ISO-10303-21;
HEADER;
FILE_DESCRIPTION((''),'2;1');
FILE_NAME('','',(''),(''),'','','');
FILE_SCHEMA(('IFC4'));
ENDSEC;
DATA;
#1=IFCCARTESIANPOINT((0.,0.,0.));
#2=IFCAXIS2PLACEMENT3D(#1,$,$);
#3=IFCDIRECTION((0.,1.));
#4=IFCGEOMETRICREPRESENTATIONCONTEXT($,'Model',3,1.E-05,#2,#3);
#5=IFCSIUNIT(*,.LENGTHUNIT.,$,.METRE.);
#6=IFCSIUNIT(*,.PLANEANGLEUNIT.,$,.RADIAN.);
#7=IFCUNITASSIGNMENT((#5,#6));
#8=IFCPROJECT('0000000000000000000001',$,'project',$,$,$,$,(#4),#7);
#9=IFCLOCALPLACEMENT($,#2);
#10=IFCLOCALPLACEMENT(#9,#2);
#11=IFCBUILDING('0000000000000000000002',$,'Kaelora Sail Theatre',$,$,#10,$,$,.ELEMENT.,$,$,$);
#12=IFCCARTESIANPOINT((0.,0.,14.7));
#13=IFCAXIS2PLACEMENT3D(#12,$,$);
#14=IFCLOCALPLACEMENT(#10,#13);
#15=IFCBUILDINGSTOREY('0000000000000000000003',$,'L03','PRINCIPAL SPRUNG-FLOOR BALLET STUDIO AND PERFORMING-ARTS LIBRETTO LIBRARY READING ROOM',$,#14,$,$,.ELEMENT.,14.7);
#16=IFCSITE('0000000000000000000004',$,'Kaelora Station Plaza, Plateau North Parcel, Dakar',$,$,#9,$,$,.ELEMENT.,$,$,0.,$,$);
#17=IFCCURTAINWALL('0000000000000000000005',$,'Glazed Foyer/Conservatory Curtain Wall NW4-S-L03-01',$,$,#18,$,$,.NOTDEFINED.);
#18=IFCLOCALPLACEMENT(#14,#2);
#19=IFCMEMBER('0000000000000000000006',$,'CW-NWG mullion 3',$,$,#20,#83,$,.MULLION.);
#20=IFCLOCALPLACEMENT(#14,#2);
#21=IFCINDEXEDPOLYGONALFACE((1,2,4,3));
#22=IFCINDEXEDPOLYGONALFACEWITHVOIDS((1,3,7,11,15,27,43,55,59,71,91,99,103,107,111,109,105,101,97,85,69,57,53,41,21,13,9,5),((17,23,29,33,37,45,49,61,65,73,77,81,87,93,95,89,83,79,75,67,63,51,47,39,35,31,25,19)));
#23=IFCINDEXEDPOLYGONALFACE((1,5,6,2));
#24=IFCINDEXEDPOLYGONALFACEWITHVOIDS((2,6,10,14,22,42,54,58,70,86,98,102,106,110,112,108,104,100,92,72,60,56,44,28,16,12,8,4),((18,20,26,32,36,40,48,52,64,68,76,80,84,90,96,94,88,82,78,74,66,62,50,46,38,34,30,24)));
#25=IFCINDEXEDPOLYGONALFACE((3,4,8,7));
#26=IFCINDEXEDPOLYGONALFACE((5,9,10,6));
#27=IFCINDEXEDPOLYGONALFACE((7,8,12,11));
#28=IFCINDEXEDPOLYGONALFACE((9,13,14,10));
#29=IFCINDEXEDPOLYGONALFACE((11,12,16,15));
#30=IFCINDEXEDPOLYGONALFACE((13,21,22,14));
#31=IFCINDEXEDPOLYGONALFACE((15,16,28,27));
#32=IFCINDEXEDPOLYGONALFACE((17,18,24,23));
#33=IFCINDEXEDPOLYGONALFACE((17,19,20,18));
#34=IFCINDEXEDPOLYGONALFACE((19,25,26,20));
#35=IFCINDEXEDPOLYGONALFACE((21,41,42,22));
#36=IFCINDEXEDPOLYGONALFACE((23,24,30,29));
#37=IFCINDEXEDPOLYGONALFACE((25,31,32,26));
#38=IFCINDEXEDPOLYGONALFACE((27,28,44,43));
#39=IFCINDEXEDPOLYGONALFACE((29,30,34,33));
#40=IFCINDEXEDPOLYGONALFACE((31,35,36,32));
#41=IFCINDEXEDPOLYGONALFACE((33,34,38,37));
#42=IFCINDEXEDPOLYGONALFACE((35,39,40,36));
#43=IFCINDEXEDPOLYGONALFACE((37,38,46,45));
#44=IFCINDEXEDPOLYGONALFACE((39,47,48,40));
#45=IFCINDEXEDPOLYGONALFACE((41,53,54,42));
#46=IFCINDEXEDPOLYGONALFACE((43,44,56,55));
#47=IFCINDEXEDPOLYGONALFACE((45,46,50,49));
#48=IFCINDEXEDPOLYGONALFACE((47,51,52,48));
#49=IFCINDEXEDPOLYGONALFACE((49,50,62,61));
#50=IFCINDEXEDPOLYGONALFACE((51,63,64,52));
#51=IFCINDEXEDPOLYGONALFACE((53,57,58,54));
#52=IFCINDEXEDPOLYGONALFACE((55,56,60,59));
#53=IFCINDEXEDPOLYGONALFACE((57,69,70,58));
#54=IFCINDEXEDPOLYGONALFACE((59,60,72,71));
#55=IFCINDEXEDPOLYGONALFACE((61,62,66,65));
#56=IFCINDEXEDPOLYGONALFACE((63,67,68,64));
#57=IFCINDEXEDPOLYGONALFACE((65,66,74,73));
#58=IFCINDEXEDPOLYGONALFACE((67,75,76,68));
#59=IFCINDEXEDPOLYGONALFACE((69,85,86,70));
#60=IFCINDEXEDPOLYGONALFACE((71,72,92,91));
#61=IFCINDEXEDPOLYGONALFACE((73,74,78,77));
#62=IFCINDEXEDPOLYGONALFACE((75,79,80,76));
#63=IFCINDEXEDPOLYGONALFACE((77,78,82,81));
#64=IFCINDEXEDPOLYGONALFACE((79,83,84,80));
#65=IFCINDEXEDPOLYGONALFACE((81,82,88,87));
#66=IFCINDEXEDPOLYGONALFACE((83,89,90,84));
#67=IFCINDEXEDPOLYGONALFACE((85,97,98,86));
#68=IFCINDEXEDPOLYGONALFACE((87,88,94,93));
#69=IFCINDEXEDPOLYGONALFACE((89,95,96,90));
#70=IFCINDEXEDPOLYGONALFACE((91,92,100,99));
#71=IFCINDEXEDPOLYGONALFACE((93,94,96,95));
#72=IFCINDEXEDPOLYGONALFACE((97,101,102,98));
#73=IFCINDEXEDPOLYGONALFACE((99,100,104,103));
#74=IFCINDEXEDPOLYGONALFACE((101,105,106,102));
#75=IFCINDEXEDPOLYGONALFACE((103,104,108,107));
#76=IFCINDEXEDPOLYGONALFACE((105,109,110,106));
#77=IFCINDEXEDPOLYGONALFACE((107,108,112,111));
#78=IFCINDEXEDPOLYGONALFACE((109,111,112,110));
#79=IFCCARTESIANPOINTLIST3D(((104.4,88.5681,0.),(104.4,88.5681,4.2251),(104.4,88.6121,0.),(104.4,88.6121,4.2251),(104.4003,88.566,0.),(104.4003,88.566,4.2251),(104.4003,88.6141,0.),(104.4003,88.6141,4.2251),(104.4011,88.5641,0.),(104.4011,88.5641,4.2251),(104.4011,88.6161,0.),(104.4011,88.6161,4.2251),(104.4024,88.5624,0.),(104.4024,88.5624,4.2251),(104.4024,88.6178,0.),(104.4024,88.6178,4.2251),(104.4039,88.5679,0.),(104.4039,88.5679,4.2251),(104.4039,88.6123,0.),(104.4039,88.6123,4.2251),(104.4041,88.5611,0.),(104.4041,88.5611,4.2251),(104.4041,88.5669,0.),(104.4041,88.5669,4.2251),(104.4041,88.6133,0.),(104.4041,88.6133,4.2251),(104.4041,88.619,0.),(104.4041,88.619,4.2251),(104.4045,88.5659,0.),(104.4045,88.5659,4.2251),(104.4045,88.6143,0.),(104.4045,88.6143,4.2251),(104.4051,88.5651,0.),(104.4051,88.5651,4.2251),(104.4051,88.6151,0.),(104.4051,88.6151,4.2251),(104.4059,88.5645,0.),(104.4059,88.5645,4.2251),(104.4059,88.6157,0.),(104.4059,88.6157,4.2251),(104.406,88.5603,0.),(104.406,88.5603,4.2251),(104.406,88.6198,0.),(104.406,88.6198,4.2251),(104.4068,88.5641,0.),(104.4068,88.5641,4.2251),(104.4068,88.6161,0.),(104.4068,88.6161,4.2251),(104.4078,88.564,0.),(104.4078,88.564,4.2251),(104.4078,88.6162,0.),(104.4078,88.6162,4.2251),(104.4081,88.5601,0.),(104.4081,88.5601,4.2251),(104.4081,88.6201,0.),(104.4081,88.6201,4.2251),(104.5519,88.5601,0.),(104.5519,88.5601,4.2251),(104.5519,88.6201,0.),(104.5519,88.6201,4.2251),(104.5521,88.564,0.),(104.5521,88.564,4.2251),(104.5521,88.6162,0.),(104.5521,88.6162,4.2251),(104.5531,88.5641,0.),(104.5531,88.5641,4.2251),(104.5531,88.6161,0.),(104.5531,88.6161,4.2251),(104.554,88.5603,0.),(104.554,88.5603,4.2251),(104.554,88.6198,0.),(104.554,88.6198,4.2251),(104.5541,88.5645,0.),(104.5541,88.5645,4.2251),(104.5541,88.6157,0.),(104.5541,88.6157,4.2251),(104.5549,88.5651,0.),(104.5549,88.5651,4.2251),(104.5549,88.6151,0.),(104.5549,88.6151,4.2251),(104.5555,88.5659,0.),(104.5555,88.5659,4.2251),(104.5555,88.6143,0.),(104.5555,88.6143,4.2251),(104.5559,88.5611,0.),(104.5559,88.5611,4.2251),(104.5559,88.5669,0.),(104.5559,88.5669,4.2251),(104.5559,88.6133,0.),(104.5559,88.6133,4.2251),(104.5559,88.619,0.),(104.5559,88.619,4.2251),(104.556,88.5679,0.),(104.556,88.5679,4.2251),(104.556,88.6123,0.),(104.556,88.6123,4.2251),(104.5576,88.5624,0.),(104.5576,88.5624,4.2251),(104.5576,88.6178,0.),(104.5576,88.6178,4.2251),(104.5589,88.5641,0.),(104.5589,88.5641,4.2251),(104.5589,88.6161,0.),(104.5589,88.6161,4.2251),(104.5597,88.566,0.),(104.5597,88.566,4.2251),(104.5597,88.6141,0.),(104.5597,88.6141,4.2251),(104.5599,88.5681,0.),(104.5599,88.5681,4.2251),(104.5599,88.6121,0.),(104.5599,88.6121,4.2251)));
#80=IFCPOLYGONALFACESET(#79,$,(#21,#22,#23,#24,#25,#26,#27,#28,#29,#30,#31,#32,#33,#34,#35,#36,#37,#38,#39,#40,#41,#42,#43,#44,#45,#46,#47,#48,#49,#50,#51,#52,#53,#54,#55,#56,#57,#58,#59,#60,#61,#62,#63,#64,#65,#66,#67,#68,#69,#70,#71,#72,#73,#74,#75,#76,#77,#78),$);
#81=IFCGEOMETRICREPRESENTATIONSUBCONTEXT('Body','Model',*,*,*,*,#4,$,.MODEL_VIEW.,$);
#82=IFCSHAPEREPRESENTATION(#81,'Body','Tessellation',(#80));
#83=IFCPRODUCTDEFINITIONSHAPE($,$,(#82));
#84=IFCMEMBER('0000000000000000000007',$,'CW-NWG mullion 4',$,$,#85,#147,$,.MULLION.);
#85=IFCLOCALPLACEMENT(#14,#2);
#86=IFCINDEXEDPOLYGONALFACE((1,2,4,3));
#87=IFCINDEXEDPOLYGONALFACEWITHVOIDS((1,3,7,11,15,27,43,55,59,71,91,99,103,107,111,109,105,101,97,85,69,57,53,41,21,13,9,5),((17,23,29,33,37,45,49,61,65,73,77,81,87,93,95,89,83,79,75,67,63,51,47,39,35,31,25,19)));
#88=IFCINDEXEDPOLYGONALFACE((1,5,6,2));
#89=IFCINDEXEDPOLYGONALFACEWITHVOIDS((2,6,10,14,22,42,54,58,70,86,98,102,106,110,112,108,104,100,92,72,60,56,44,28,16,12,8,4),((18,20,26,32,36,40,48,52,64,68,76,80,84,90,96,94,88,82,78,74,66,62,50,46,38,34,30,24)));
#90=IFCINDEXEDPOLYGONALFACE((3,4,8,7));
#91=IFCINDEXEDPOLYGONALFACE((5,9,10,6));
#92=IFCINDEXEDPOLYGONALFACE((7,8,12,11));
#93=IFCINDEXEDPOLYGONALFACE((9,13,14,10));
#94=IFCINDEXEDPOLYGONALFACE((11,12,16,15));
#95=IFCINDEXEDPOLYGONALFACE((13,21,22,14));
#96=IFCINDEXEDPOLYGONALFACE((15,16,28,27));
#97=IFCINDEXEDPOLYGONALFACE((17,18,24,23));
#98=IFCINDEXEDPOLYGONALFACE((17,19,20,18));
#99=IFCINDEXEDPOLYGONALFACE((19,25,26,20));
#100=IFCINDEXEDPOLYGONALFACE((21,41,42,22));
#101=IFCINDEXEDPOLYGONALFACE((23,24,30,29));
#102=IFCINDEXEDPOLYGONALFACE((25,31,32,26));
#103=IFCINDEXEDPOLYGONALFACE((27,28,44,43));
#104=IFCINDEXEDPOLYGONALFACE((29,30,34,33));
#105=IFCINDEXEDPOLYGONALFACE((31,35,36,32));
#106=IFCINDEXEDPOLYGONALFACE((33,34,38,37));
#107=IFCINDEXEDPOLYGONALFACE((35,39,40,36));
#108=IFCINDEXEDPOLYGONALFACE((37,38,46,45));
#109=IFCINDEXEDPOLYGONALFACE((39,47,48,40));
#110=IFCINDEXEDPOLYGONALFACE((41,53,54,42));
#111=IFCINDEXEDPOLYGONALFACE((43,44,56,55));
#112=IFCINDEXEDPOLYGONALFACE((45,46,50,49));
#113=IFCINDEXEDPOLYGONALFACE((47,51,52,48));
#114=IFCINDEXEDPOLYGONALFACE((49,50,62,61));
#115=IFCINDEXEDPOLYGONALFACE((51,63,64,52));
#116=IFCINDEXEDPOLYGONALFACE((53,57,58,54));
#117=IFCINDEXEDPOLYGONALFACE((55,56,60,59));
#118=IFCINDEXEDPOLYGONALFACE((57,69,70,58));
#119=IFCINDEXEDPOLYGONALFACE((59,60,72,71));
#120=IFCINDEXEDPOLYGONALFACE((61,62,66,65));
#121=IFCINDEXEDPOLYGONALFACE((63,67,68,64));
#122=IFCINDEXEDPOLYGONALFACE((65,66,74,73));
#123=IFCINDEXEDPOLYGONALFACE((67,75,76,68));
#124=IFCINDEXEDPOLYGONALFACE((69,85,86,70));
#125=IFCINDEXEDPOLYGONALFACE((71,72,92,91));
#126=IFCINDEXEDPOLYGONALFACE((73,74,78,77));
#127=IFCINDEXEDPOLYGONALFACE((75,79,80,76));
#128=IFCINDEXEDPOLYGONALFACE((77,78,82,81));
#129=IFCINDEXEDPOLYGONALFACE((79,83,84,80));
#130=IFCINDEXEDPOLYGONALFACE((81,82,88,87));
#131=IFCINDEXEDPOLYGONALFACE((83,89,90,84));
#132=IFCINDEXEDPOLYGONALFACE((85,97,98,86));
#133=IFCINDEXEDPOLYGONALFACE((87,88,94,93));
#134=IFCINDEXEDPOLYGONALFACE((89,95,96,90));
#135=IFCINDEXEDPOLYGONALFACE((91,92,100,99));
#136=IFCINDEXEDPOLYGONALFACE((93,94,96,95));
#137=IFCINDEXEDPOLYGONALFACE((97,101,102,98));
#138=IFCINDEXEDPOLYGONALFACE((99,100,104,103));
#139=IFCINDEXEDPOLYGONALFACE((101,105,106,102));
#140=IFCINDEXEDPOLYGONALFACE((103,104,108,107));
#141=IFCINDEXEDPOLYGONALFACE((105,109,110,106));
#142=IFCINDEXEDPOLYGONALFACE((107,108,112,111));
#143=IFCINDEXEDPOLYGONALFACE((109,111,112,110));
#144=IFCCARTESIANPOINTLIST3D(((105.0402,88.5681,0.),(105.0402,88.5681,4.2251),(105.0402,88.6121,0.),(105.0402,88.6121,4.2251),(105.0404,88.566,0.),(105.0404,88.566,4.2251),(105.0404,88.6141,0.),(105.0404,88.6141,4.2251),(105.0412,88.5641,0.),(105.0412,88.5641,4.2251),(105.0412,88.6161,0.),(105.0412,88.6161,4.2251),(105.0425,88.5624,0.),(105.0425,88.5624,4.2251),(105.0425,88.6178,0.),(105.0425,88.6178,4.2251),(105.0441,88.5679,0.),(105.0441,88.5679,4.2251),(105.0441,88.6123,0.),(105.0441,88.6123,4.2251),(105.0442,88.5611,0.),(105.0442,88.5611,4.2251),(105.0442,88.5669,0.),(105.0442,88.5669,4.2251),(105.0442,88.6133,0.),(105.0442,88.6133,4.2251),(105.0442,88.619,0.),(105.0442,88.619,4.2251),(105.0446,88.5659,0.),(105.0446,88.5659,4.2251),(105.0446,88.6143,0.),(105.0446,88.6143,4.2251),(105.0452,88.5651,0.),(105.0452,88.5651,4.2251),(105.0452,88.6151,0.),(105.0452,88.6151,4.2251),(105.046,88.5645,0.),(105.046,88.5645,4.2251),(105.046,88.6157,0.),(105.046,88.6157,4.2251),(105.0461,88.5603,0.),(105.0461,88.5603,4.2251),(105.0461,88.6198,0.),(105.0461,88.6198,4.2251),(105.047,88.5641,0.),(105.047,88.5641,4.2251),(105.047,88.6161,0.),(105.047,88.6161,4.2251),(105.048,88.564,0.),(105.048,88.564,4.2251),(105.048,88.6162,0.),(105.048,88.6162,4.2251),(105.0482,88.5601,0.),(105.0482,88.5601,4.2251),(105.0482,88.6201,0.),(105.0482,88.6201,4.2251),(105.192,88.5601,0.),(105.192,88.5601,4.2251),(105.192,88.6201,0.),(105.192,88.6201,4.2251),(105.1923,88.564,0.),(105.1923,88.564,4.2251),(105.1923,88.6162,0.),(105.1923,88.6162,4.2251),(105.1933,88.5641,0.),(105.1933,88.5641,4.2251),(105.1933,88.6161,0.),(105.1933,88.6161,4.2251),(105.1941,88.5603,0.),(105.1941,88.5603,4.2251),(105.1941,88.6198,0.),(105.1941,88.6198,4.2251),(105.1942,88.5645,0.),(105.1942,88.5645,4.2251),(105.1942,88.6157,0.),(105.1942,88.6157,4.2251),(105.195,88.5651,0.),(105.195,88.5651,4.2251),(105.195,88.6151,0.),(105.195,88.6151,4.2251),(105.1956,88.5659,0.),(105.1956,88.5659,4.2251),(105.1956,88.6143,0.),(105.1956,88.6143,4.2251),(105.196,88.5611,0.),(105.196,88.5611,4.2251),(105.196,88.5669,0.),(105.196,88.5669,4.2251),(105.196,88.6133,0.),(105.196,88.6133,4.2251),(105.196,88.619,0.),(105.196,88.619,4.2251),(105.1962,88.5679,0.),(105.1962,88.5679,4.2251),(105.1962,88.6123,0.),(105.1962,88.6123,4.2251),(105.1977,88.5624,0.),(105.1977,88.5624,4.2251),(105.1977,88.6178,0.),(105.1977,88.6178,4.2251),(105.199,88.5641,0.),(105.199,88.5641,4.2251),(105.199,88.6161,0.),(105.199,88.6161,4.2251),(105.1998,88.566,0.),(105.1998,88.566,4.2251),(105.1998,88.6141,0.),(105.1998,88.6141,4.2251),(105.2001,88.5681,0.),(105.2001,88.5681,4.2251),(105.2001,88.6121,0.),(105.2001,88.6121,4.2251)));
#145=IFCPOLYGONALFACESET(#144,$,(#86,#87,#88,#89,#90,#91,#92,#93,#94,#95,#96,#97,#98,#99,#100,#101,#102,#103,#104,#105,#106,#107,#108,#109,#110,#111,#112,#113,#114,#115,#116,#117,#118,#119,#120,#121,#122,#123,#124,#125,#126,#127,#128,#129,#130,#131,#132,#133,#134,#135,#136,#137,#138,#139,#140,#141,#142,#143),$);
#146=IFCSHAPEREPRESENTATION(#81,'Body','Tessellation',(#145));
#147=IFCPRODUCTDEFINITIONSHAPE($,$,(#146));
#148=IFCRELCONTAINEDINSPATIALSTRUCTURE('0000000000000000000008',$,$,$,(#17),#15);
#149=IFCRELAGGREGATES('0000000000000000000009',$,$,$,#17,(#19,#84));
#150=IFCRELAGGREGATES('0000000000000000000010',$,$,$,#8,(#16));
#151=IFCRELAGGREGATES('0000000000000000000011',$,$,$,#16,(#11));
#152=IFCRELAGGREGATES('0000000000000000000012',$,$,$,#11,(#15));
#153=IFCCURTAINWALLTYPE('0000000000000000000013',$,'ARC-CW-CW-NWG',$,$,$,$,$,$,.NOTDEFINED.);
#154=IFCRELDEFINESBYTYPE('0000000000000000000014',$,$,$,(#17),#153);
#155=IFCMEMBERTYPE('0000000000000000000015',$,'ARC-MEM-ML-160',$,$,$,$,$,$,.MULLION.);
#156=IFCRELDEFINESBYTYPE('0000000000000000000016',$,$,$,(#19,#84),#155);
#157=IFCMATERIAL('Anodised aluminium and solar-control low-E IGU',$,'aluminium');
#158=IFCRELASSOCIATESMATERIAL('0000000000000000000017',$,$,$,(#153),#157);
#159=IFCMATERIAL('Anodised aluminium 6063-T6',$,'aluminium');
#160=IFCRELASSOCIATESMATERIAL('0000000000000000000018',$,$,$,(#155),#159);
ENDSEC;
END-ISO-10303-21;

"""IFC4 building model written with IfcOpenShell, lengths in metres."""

from ifc_helpers import new_model, si_unit, direction, frame, origin, origin_2d, place, context, subcontext, project, spatial, hollow_rectangle, extrude, material, material_profile, profile_set, type_object, element, aggregate, save


model = new_model("IFC4")

# Units and contexts
model_context = context("Model", 3, precision=1e-05, world=origin(), true_north=direction((0.0, 1.0)))
body_context = subcontext(model_context, "Body", "Model", "MODEL_VIEW")
ifc_project = project(units=[si_unit("LENGTHUNIT", "METRE"), si_unit("PLANEANGLEUNIT", "RADIAN")], contexts=[model_context])

# Site, building, storey
site_placement = place(None, origin())
site = spatial("IfcSite", under=ifc_project, at=site_placement, Name="Kaelora Station Plaza, Plateau North Parcel, Dakar", CompositionType="ELEMENT", RefElevation=0.0)
building_placement = place(site_placement, origin())
building = spatial("IfcBuilding", under=site, at=building_placement, Name="Kaelora Sail Theatre", CompositionType="ELEMENT")
storey_placement = place(building_placement, frame((0.0, 0.0, 14.7)))
storey = spatial("IfcBuildingStorey", under=building, at=storey_placement, Name="L03", Description="PRINCIPAL SPRUNG-FLOOR BALLET STUDIO AND PERFORMING-ARTS LIBRETTO LIBRARY READING ROOM", CompositionType="ELEMENT", Elevation=14.7)

# Curtain wall, members
ifc_material_1 = material(Name="Anodised aluminium and solar-control low-E IGU", Category="aluminium")
curtain_wall_type = type_object("IfcCurtainWallType", Name="ARC-CW-CW-NWG", PredefinedType="NOTDEFINED", material=ifc_material_1)
curtain_wall_placement = place(storey_placement, origin())
curtain_wall = element("IfcCurtainWall", 1, at=curtain_wall_placement, inside=storey, type_object=curtain_wall_type, Name="Glazed Foyer/Conservatory Curtain Wall NW4-S-L03-01", PredefinedType="NOTDEFINED")
ifc_material_2 = material(Name="Anodised aluminium 6063-T6", Category="aluminium")
ifc_material_profile_1 = material_profile(ifc_material_2, hollow_rectangle(XDim=0.0601, YDim=0.1599, WallThickness=0.0039, InnerFilletRadius=0.0039, OuterFilletRadius=0.0081, at=origin_2d()), Name="ALU-MULL 60x160x4")
ifc_profile_set_1 = profile_set([ifc_material_profile_1], Name="Anodised aluminium 6063-T6")
member_type_1 = type_object("IfcMemberType", Name="ARC-MEM-ML-160", PredefinedType="MULLION", material=ifc_profile_set_1)
member_1_placement = place(storey_placement, frame((104.48, 88.5901, 0.0), z_axis=(0.0, 0.0, 1.0), x_axis=(0.0, 1.0, 0.0)))
member_1 = element("IfcMember", 2, at=member_1_placement, type_object=member_type_1, Name="CW-NWG mullion 3", PredefinedType="MULLION", context=body_context, shape_type="SweptSolid", body=[
    extrude(hollow_rectangle(XDim=0.0601, YDim=0.1599, WallThickness=0.0039, InnerFilletRadius=0.0039, OuterFilletRadius=0.0081, at=origin_2d()), origin(), (0.0, 0.0, 1.0), 4.2251),
])
member_2_placement = place(storey_placement, frame((105.1201, 88.5901, 0.0), z_axis=(0.0, 0.0, 1.0), x_axis=(0.0, 1.0, 0.0)))
member_2 = element("IfcMember", 3, at=member_2_placement, type_object=member_type_1, Name="CW-NWG mullion 4", PredefinedType="MULLION", context=body_context, shape_type="SweptSolid", body=[
    extrude(hollow_rectangle(XDim=0.0601, YDim=0.1599, WallThickness=0.0039, InnerFilletRadius=0.0039, OuterFilletRadius=0.0081, at=origin_2d()), origin(), (0.0, 0.0, 1.0), 4.2251),
])

aggregate(curtain_wall, [member_1, member_2])

save(model, "model.ifc")
